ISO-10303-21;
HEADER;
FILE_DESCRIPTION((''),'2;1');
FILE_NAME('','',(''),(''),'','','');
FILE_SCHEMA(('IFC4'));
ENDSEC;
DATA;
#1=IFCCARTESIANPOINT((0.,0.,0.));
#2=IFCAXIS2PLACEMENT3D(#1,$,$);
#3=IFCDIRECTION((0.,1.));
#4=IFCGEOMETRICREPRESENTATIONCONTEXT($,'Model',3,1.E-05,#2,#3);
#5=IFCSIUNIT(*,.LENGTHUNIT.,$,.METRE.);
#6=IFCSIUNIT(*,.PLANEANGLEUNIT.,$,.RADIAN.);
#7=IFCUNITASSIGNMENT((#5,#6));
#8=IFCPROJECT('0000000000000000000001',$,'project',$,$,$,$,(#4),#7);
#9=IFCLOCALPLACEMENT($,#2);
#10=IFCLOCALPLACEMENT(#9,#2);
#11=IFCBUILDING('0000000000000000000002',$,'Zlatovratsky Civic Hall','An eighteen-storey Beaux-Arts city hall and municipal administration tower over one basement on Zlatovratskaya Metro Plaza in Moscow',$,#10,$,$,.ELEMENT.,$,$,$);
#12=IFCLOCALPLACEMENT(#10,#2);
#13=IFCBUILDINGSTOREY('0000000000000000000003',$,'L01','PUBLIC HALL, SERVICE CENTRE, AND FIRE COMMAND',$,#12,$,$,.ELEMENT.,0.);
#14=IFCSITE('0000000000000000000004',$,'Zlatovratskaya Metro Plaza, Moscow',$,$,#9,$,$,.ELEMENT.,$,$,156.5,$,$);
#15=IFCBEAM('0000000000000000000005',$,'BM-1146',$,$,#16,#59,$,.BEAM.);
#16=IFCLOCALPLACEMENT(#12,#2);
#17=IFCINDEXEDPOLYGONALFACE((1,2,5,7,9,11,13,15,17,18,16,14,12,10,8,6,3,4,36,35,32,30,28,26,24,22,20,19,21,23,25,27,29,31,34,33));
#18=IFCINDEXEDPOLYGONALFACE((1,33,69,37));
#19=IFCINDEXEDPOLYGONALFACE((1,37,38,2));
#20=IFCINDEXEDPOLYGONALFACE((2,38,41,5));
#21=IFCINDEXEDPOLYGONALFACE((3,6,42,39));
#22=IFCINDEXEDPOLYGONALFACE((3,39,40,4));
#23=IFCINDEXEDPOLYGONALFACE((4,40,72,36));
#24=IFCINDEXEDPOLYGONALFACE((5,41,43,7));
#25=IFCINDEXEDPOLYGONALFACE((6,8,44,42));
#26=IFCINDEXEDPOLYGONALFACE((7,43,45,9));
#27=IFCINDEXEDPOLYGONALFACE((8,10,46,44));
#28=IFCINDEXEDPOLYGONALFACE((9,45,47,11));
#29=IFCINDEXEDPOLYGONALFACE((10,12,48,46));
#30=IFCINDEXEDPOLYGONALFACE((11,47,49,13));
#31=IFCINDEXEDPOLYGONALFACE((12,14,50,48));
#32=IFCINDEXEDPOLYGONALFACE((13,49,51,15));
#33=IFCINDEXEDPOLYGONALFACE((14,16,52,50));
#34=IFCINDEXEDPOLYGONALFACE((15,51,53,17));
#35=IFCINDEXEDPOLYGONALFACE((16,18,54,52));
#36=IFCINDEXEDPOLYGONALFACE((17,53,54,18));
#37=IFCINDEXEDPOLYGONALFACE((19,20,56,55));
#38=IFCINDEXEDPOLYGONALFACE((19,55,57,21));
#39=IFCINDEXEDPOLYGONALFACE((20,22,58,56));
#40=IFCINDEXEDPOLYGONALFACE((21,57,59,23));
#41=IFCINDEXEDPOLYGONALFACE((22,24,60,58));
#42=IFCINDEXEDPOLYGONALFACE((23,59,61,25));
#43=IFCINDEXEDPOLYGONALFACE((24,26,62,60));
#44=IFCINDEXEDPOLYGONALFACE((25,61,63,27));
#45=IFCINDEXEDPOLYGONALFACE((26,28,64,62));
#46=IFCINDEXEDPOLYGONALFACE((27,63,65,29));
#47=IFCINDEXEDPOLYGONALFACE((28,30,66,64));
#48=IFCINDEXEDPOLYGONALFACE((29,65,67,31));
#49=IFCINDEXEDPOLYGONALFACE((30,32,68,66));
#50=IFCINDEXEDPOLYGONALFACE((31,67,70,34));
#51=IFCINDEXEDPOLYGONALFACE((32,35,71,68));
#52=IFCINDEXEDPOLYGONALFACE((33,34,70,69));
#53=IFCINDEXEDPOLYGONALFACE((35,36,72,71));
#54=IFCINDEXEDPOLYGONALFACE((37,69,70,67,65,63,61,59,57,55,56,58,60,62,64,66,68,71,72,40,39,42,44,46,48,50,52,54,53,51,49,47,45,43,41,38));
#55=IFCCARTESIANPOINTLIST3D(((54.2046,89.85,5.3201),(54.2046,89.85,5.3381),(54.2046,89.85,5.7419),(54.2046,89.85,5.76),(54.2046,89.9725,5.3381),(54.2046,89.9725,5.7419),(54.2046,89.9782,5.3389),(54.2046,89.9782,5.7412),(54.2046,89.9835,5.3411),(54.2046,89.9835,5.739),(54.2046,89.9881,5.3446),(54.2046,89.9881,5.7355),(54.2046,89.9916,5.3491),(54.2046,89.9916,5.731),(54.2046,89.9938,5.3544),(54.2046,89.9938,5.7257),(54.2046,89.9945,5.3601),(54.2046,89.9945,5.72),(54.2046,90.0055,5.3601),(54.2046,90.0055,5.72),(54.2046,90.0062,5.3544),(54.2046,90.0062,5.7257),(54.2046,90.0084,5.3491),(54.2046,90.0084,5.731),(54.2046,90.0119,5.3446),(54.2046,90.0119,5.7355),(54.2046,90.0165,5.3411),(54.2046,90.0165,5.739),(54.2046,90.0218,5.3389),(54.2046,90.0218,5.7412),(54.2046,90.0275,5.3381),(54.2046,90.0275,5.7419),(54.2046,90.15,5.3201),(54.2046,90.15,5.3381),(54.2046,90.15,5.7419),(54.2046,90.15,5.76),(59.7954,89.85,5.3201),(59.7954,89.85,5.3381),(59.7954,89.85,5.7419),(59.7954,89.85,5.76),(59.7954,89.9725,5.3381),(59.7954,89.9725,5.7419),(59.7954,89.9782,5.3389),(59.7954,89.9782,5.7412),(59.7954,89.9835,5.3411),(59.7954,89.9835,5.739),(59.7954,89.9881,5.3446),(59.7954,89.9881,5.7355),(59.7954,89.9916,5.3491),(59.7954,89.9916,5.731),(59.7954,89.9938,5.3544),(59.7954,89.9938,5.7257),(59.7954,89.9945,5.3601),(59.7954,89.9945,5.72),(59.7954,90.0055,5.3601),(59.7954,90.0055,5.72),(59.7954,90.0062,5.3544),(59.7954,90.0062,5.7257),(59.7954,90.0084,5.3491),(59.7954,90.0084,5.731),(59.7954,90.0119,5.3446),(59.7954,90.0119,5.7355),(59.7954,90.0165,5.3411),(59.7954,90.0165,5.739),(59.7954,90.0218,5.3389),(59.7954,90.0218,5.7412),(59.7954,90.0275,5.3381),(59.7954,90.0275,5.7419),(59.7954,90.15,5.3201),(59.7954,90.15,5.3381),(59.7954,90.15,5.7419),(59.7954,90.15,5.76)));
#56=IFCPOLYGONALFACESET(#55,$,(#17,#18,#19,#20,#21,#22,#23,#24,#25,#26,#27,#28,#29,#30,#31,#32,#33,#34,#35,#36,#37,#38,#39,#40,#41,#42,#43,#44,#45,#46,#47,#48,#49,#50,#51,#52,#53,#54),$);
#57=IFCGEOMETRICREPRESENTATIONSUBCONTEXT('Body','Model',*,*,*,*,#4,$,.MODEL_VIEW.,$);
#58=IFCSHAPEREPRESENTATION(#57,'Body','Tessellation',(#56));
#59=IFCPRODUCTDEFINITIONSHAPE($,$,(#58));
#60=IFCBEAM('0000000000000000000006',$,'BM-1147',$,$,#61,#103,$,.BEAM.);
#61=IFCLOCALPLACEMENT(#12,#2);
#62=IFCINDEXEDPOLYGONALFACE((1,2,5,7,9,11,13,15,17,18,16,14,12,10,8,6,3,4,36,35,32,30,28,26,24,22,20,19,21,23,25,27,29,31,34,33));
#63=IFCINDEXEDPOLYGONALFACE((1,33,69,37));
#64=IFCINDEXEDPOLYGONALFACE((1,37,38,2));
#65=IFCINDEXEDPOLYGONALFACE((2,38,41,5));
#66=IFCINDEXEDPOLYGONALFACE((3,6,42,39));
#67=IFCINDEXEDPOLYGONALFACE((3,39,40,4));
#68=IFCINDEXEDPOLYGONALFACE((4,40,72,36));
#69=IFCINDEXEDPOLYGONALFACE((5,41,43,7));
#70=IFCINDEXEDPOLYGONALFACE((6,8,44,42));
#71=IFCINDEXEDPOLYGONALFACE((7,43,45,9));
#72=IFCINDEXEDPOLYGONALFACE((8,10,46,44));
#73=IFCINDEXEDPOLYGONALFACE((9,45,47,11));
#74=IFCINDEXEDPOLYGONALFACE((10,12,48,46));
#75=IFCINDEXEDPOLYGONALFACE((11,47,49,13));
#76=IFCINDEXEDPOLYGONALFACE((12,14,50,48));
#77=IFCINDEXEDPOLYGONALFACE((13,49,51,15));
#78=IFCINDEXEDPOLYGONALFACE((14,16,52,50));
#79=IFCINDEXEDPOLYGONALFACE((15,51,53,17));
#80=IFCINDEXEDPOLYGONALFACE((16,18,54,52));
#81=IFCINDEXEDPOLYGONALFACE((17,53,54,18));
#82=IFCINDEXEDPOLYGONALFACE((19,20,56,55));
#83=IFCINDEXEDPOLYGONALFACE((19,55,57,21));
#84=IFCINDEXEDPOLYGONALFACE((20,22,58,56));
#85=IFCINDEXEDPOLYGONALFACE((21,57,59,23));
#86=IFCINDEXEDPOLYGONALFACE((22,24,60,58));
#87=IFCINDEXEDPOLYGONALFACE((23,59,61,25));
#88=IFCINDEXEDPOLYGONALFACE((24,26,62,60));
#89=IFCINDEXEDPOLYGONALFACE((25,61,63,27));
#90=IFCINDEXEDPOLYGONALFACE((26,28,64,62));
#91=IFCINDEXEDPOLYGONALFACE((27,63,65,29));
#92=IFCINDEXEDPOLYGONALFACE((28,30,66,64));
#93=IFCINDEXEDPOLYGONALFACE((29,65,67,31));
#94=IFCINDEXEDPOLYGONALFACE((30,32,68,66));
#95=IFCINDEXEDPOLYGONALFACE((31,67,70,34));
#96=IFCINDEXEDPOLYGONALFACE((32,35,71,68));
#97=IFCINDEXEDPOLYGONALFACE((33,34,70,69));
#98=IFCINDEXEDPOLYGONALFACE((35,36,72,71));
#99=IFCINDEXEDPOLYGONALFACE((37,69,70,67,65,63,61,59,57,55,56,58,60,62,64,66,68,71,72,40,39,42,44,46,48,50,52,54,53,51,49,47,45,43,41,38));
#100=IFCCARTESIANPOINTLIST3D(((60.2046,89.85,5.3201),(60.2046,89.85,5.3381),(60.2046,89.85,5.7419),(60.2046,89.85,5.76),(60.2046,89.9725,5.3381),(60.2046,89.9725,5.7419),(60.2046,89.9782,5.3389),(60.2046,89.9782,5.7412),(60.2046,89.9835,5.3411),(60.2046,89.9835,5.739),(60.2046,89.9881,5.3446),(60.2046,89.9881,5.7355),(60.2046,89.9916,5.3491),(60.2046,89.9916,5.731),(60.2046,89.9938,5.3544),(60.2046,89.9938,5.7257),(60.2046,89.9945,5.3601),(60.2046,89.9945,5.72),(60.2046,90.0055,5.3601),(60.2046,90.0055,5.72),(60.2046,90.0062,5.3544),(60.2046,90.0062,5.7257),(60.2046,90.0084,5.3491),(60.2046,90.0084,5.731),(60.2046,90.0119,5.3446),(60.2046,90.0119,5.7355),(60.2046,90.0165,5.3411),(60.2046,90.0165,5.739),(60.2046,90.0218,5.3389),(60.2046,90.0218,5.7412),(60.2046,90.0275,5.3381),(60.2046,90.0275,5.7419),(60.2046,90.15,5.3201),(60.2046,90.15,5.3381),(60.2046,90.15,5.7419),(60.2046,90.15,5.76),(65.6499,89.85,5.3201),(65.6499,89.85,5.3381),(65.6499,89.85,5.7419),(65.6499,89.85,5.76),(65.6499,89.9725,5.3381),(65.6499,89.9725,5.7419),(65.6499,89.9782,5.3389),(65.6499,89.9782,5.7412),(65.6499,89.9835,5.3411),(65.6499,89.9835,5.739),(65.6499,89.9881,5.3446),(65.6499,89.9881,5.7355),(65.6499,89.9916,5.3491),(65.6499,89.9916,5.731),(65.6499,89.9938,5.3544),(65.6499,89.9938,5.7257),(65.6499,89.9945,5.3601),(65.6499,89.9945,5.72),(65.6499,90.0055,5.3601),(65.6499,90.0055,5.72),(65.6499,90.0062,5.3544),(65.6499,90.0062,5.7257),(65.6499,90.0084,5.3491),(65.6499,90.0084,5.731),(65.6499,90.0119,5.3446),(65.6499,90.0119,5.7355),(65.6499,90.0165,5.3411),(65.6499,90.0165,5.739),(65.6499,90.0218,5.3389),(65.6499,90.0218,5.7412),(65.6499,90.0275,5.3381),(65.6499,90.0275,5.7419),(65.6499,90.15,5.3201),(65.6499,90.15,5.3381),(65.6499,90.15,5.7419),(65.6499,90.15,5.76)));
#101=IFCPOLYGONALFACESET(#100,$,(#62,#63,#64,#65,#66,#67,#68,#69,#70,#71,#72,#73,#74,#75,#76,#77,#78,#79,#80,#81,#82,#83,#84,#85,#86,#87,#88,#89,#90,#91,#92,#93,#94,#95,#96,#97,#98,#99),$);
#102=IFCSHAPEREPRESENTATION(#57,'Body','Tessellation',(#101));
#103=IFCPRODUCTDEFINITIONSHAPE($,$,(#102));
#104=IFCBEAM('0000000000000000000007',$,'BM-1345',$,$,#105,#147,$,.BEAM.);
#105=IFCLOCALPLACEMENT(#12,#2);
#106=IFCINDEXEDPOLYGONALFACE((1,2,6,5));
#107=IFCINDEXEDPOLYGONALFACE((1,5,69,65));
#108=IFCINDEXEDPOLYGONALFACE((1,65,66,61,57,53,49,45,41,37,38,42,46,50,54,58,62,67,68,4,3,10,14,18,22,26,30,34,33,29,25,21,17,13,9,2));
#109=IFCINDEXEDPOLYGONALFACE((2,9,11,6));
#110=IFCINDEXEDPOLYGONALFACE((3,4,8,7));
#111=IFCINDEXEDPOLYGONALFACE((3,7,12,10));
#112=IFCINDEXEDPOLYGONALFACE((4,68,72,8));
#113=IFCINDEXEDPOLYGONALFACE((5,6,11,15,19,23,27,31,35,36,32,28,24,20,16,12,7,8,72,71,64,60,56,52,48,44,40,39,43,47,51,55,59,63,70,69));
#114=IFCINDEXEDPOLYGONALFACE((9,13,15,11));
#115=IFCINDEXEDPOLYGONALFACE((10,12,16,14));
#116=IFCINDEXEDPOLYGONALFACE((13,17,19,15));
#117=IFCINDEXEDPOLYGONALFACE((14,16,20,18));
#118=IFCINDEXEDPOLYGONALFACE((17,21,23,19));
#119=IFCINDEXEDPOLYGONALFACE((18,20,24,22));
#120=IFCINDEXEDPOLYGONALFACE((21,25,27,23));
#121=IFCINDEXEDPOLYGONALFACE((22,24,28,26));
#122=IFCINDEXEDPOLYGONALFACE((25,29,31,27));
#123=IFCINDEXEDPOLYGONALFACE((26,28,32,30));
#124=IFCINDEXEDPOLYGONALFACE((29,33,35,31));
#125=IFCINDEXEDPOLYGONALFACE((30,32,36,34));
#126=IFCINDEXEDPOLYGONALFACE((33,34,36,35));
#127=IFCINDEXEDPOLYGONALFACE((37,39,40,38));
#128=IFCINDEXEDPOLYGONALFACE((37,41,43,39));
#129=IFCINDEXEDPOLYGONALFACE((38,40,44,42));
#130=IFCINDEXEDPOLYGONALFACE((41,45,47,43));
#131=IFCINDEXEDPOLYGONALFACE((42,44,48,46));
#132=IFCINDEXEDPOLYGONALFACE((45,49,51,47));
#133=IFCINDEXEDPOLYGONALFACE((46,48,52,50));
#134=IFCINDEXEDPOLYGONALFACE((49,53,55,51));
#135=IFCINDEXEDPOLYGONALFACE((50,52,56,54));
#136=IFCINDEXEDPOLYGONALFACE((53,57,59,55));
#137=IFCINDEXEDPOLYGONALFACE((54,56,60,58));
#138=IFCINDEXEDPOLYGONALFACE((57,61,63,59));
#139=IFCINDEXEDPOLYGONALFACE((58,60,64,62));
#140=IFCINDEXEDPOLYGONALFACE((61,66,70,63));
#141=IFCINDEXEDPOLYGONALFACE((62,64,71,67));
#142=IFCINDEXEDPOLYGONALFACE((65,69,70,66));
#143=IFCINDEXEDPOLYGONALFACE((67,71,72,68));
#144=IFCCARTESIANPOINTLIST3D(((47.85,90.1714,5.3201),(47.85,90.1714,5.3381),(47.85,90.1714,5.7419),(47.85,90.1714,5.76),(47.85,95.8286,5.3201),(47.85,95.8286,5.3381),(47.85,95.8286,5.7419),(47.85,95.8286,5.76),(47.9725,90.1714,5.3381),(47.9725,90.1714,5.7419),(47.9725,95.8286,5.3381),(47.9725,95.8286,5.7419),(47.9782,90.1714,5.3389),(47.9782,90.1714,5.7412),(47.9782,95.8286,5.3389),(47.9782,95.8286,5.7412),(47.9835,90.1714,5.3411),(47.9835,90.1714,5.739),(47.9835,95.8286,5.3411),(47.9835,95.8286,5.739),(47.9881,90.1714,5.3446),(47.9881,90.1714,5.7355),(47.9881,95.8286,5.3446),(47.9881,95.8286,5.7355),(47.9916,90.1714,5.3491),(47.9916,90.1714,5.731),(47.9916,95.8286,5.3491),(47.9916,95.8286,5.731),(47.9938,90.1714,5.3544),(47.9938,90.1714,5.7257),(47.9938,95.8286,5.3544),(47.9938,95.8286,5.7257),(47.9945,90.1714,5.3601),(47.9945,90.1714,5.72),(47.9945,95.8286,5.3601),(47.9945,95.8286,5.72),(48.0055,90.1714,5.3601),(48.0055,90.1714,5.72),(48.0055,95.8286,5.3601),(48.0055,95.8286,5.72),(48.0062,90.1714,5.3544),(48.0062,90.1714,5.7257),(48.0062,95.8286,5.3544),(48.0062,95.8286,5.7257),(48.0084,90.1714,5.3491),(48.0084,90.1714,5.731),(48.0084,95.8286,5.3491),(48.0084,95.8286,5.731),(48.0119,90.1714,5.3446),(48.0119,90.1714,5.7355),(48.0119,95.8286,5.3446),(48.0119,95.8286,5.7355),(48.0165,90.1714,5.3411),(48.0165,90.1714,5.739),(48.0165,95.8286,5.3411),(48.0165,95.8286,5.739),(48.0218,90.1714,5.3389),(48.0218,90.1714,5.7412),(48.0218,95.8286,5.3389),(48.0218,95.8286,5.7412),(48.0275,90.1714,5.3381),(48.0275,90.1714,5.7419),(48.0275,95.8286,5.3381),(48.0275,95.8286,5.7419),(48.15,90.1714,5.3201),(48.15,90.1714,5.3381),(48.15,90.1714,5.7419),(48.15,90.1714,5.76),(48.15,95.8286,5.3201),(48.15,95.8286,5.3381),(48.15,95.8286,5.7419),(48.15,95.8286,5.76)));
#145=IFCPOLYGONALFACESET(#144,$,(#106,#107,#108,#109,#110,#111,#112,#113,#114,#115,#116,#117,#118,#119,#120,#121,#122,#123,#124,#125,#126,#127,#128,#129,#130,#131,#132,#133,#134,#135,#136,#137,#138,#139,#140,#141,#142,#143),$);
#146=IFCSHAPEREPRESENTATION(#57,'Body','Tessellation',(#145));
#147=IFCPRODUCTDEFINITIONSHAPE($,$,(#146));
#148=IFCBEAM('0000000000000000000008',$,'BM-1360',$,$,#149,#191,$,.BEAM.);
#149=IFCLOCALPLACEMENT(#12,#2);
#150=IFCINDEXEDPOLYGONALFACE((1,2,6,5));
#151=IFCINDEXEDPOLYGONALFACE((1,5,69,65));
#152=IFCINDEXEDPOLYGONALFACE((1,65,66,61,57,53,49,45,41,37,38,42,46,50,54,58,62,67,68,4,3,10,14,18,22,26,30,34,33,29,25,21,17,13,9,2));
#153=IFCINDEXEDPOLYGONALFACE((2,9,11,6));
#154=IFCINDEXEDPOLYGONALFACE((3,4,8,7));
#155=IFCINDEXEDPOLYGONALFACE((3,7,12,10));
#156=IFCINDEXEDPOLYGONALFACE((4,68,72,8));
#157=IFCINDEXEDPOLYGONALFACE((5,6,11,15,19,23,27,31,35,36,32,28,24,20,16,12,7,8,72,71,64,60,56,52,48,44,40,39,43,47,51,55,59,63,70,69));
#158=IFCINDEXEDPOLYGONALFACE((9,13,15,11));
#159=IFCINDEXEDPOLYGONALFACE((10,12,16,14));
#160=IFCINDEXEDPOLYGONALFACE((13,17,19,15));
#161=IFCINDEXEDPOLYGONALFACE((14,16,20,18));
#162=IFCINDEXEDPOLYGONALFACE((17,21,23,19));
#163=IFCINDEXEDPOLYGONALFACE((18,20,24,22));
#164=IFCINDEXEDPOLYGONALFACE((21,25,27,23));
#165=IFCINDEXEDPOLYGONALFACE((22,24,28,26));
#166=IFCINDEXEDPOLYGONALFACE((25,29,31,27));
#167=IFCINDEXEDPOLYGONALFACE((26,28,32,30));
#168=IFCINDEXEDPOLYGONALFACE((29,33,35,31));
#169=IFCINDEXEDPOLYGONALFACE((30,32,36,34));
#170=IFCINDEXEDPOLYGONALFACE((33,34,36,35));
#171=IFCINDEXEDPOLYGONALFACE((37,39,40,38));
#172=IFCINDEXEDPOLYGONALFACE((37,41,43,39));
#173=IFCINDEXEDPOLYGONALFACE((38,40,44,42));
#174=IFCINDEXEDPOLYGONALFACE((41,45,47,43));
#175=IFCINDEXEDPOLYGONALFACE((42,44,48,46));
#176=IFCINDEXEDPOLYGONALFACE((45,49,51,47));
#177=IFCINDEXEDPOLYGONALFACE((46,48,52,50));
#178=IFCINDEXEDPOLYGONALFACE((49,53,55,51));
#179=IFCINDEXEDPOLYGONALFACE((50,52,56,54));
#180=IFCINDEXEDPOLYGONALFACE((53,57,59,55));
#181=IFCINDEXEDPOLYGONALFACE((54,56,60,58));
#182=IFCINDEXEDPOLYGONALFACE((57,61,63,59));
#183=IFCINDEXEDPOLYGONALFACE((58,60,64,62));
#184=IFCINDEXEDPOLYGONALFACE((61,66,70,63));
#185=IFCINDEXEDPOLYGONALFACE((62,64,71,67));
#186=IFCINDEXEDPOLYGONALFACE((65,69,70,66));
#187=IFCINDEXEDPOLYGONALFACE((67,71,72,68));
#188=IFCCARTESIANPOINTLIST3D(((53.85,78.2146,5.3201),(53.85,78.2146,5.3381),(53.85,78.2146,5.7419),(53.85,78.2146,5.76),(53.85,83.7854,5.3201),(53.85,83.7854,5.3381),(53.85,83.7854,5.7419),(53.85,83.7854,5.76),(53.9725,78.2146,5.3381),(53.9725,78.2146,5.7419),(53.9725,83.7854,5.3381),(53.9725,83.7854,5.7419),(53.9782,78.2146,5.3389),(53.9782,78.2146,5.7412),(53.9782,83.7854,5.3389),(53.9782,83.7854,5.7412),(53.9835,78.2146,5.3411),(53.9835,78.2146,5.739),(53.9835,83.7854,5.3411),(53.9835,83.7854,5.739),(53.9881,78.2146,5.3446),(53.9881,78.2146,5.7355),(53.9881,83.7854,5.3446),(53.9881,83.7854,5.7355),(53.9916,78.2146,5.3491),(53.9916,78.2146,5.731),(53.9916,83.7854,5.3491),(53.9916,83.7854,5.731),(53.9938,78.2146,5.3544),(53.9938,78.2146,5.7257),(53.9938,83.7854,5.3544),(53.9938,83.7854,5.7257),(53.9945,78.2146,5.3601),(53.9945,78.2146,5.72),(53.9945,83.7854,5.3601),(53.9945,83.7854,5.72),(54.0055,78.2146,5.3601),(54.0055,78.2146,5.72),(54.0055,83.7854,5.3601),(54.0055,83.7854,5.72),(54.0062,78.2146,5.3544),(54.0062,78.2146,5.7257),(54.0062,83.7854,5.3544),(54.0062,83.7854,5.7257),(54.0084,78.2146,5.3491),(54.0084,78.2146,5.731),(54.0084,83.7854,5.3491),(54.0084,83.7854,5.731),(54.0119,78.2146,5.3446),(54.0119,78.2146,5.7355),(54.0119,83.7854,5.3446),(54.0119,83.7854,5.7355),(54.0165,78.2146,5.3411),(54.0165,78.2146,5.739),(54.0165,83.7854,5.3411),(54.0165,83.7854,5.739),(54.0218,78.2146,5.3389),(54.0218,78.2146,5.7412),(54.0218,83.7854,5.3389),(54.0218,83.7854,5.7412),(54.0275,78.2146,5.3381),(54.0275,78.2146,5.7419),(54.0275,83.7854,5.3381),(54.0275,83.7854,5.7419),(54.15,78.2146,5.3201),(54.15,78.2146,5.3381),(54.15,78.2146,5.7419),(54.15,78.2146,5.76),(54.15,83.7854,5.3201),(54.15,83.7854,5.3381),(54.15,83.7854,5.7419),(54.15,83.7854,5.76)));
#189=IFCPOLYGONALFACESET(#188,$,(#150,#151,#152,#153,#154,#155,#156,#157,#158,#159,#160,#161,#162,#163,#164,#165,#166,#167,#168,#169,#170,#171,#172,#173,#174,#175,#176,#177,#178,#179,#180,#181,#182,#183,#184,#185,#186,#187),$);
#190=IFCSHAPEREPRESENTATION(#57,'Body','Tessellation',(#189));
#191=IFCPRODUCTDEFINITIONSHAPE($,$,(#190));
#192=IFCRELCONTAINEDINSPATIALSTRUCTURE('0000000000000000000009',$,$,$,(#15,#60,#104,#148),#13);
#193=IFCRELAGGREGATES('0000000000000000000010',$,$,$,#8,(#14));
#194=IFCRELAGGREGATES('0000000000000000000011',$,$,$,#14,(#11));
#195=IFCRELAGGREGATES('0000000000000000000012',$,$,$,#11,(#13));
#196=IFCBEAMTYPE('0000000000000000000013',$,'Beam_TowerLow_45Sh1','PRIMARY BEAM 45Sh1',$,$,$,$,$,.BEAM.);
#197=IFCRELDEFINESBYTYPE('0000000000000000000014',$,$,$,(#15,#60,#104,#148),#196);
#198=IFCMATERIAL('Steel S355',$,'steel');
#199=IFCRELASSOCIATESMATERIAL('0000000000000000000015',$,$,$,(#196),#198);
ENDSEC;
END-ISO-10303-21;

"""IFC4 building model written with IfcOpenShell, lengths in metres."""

from ifc_helpers import new_model, si_unit, direction, frame, origin, origin_2d, place, context, subcontext, project, spatial, i_section, extrude, material, material_profile, profile_set, type_object, element, save


model = new_model("IFC4")

# Units and contexts
model_context = context("Model", 3, precision=1e-05, world=origin(), true_north=direction((0.0, 1.0)))
body_context = subcontext(model_context, "Body", "Model", "MODEL_VIEW")
ifc_project = project(units=[si_unit("LENGTHUNIT", "METRE"), si_unit("PLANEANGLEUNIT", "RADIAN")], contexts=[model_context])

# Site, building, storey
site_placement = place(None, origin())
site = spatial("IfcSite", under=ifc_project, at=site_placement, Name="Zlatovratskaya Metro Plaza, Moscow", CompositionType="ELEMENT", RefElevation=156.5)
building_placement = place(site_placement, origin())
building = spatial("IfcBuilding", under=site, at=building_placement, Name="Zlatovratsky Civic Hall", Description="An eighteen-storey Beaux-Arts city hall and municipal administration tower over one basement on Zlatovratskaya Metro Plaza in Moscow", CompositionType="ELEMENT")
storey_placement = place(building_placement, origin())
storey = spatial("IfcBuildingStorey", under=building, at=storey_placement, Name="L01", Description="PUBLIC HALL, SERVICE CENTRE, AND FIRE COMMAND", CompositionType="ELEMENT", Elevation=0.0)

# Shared definitions
ifc_material_1 = material(Name="Steel S355", Category="steel")

# Beams
ifc_material_profile_1 = material_profile(ifc_material_1, i_section(OverallWidth=0.3, OverallDepth=0.4399, WebThickness=0.011, FlangeThickness=0.0181, FilletRadius=0.022, at=origin_2d()), Name="45Sh1")
ifc_profile_set_1 = profile_set([ifc_material_profile_1], Name="Steel S355")
beam_type = type_object("IfcBeamType", Name="Beam_TowerLow_45Sh1", Description="PRIMARY BEAM 45Sh1", PredefinedType="BEAM", material=ifc_profile_set_1)
beam_1_placement = place(storey_placement, frame((54.2046, 90.0, 5.54), z_axis=(1.0, 0.0, 0.0), x_axis=(0.0, 1.0, 0.0)))
element("IfcBeam", 1, at=beam_1_placement, inside=storey, type_object=beam_type, Name="BM-1146", PredefinedType="BEAM", context=body_context, shape_type="SweptSolid", body=[
    extrude(i_section(OverallWidth=0.3, OverallDepth=0.4399, WebThickness=0.011, FlangeThickness=0.0181, FilletRadius=0.022, at=origin_2d()), origin(), (0.0, 0.0, 1.0), 5.5908),
])
beam_2_placement = place(storey_placement, frame((60.2046, 90.0, 5.54), z_axis=(1.0, 0.0, 0.0), x_axis=(0.0, 1.0, 0.0)))
element("IfcBeam", 2, at=beam_2_placement, inside=storey, type_object=beam_type, Name="BM-1147", PredefinedType="BEAM", context=body_context, shape_type="SweptSolid", body=[
    extrude(i_section(OverallWidth=0.3, OverallDepth=0.4399, WebThickness=0.011, FlangeThickness=0.0181, FilletRadius=0.022, at=origin_2d()), origin(), (0.0, 0.0, 1.0), 5.4453),
])
beam_3_placement = place(storey_placement, frame((48.0, 90.1714, 5.54), z_axis=(0.0, 1.0, 0.0), x_axis=(-1.0, 0.0, 0.0)))
element("IfcBeam", 3, at=beam_3_placement, inside=storey, type_object=beam_type, Name="BM-1345", PredefinedType="BEAM", context=body_context, shape_type="SweptSolid", body=[
    extrude(i_section(OverallWidth=0.3, OverallDepth=0.4399, WebThickness=0.011, FlangeThickness=0.0181, FilletRadius=0.022, at=origin_2d()), origin(), (0.0, 0.0, 1.0), 5.6572),
])
for number, where, z_axis, x_axis, name in (
    (4, (54.0, 78.2146, 5.54), (0.0, 1.0, 0.0), (-1.0, 0.0, 0.0), "BM-1360"),
):
    element("IfcBeam", number, at=place(storey_placement, frame(where, z_axis=z_axis, x_axis=x_axis)), inside=storey, type_object=beam_type, Name=name, PredefinedType="BEAM", context=body_context, shape_type="SweptSolid", body=[
        extrude(i_section(OverallWidth=0.3, OverallDepth=0.4399, WebThickness=0.011, FlangeThickness=0.0181, FilletRadius=0.022, at=origin_2d()), origin(), (0.0, 0.0, 1.0), 5.5708),
    ])

save(model, "model.ifc")
